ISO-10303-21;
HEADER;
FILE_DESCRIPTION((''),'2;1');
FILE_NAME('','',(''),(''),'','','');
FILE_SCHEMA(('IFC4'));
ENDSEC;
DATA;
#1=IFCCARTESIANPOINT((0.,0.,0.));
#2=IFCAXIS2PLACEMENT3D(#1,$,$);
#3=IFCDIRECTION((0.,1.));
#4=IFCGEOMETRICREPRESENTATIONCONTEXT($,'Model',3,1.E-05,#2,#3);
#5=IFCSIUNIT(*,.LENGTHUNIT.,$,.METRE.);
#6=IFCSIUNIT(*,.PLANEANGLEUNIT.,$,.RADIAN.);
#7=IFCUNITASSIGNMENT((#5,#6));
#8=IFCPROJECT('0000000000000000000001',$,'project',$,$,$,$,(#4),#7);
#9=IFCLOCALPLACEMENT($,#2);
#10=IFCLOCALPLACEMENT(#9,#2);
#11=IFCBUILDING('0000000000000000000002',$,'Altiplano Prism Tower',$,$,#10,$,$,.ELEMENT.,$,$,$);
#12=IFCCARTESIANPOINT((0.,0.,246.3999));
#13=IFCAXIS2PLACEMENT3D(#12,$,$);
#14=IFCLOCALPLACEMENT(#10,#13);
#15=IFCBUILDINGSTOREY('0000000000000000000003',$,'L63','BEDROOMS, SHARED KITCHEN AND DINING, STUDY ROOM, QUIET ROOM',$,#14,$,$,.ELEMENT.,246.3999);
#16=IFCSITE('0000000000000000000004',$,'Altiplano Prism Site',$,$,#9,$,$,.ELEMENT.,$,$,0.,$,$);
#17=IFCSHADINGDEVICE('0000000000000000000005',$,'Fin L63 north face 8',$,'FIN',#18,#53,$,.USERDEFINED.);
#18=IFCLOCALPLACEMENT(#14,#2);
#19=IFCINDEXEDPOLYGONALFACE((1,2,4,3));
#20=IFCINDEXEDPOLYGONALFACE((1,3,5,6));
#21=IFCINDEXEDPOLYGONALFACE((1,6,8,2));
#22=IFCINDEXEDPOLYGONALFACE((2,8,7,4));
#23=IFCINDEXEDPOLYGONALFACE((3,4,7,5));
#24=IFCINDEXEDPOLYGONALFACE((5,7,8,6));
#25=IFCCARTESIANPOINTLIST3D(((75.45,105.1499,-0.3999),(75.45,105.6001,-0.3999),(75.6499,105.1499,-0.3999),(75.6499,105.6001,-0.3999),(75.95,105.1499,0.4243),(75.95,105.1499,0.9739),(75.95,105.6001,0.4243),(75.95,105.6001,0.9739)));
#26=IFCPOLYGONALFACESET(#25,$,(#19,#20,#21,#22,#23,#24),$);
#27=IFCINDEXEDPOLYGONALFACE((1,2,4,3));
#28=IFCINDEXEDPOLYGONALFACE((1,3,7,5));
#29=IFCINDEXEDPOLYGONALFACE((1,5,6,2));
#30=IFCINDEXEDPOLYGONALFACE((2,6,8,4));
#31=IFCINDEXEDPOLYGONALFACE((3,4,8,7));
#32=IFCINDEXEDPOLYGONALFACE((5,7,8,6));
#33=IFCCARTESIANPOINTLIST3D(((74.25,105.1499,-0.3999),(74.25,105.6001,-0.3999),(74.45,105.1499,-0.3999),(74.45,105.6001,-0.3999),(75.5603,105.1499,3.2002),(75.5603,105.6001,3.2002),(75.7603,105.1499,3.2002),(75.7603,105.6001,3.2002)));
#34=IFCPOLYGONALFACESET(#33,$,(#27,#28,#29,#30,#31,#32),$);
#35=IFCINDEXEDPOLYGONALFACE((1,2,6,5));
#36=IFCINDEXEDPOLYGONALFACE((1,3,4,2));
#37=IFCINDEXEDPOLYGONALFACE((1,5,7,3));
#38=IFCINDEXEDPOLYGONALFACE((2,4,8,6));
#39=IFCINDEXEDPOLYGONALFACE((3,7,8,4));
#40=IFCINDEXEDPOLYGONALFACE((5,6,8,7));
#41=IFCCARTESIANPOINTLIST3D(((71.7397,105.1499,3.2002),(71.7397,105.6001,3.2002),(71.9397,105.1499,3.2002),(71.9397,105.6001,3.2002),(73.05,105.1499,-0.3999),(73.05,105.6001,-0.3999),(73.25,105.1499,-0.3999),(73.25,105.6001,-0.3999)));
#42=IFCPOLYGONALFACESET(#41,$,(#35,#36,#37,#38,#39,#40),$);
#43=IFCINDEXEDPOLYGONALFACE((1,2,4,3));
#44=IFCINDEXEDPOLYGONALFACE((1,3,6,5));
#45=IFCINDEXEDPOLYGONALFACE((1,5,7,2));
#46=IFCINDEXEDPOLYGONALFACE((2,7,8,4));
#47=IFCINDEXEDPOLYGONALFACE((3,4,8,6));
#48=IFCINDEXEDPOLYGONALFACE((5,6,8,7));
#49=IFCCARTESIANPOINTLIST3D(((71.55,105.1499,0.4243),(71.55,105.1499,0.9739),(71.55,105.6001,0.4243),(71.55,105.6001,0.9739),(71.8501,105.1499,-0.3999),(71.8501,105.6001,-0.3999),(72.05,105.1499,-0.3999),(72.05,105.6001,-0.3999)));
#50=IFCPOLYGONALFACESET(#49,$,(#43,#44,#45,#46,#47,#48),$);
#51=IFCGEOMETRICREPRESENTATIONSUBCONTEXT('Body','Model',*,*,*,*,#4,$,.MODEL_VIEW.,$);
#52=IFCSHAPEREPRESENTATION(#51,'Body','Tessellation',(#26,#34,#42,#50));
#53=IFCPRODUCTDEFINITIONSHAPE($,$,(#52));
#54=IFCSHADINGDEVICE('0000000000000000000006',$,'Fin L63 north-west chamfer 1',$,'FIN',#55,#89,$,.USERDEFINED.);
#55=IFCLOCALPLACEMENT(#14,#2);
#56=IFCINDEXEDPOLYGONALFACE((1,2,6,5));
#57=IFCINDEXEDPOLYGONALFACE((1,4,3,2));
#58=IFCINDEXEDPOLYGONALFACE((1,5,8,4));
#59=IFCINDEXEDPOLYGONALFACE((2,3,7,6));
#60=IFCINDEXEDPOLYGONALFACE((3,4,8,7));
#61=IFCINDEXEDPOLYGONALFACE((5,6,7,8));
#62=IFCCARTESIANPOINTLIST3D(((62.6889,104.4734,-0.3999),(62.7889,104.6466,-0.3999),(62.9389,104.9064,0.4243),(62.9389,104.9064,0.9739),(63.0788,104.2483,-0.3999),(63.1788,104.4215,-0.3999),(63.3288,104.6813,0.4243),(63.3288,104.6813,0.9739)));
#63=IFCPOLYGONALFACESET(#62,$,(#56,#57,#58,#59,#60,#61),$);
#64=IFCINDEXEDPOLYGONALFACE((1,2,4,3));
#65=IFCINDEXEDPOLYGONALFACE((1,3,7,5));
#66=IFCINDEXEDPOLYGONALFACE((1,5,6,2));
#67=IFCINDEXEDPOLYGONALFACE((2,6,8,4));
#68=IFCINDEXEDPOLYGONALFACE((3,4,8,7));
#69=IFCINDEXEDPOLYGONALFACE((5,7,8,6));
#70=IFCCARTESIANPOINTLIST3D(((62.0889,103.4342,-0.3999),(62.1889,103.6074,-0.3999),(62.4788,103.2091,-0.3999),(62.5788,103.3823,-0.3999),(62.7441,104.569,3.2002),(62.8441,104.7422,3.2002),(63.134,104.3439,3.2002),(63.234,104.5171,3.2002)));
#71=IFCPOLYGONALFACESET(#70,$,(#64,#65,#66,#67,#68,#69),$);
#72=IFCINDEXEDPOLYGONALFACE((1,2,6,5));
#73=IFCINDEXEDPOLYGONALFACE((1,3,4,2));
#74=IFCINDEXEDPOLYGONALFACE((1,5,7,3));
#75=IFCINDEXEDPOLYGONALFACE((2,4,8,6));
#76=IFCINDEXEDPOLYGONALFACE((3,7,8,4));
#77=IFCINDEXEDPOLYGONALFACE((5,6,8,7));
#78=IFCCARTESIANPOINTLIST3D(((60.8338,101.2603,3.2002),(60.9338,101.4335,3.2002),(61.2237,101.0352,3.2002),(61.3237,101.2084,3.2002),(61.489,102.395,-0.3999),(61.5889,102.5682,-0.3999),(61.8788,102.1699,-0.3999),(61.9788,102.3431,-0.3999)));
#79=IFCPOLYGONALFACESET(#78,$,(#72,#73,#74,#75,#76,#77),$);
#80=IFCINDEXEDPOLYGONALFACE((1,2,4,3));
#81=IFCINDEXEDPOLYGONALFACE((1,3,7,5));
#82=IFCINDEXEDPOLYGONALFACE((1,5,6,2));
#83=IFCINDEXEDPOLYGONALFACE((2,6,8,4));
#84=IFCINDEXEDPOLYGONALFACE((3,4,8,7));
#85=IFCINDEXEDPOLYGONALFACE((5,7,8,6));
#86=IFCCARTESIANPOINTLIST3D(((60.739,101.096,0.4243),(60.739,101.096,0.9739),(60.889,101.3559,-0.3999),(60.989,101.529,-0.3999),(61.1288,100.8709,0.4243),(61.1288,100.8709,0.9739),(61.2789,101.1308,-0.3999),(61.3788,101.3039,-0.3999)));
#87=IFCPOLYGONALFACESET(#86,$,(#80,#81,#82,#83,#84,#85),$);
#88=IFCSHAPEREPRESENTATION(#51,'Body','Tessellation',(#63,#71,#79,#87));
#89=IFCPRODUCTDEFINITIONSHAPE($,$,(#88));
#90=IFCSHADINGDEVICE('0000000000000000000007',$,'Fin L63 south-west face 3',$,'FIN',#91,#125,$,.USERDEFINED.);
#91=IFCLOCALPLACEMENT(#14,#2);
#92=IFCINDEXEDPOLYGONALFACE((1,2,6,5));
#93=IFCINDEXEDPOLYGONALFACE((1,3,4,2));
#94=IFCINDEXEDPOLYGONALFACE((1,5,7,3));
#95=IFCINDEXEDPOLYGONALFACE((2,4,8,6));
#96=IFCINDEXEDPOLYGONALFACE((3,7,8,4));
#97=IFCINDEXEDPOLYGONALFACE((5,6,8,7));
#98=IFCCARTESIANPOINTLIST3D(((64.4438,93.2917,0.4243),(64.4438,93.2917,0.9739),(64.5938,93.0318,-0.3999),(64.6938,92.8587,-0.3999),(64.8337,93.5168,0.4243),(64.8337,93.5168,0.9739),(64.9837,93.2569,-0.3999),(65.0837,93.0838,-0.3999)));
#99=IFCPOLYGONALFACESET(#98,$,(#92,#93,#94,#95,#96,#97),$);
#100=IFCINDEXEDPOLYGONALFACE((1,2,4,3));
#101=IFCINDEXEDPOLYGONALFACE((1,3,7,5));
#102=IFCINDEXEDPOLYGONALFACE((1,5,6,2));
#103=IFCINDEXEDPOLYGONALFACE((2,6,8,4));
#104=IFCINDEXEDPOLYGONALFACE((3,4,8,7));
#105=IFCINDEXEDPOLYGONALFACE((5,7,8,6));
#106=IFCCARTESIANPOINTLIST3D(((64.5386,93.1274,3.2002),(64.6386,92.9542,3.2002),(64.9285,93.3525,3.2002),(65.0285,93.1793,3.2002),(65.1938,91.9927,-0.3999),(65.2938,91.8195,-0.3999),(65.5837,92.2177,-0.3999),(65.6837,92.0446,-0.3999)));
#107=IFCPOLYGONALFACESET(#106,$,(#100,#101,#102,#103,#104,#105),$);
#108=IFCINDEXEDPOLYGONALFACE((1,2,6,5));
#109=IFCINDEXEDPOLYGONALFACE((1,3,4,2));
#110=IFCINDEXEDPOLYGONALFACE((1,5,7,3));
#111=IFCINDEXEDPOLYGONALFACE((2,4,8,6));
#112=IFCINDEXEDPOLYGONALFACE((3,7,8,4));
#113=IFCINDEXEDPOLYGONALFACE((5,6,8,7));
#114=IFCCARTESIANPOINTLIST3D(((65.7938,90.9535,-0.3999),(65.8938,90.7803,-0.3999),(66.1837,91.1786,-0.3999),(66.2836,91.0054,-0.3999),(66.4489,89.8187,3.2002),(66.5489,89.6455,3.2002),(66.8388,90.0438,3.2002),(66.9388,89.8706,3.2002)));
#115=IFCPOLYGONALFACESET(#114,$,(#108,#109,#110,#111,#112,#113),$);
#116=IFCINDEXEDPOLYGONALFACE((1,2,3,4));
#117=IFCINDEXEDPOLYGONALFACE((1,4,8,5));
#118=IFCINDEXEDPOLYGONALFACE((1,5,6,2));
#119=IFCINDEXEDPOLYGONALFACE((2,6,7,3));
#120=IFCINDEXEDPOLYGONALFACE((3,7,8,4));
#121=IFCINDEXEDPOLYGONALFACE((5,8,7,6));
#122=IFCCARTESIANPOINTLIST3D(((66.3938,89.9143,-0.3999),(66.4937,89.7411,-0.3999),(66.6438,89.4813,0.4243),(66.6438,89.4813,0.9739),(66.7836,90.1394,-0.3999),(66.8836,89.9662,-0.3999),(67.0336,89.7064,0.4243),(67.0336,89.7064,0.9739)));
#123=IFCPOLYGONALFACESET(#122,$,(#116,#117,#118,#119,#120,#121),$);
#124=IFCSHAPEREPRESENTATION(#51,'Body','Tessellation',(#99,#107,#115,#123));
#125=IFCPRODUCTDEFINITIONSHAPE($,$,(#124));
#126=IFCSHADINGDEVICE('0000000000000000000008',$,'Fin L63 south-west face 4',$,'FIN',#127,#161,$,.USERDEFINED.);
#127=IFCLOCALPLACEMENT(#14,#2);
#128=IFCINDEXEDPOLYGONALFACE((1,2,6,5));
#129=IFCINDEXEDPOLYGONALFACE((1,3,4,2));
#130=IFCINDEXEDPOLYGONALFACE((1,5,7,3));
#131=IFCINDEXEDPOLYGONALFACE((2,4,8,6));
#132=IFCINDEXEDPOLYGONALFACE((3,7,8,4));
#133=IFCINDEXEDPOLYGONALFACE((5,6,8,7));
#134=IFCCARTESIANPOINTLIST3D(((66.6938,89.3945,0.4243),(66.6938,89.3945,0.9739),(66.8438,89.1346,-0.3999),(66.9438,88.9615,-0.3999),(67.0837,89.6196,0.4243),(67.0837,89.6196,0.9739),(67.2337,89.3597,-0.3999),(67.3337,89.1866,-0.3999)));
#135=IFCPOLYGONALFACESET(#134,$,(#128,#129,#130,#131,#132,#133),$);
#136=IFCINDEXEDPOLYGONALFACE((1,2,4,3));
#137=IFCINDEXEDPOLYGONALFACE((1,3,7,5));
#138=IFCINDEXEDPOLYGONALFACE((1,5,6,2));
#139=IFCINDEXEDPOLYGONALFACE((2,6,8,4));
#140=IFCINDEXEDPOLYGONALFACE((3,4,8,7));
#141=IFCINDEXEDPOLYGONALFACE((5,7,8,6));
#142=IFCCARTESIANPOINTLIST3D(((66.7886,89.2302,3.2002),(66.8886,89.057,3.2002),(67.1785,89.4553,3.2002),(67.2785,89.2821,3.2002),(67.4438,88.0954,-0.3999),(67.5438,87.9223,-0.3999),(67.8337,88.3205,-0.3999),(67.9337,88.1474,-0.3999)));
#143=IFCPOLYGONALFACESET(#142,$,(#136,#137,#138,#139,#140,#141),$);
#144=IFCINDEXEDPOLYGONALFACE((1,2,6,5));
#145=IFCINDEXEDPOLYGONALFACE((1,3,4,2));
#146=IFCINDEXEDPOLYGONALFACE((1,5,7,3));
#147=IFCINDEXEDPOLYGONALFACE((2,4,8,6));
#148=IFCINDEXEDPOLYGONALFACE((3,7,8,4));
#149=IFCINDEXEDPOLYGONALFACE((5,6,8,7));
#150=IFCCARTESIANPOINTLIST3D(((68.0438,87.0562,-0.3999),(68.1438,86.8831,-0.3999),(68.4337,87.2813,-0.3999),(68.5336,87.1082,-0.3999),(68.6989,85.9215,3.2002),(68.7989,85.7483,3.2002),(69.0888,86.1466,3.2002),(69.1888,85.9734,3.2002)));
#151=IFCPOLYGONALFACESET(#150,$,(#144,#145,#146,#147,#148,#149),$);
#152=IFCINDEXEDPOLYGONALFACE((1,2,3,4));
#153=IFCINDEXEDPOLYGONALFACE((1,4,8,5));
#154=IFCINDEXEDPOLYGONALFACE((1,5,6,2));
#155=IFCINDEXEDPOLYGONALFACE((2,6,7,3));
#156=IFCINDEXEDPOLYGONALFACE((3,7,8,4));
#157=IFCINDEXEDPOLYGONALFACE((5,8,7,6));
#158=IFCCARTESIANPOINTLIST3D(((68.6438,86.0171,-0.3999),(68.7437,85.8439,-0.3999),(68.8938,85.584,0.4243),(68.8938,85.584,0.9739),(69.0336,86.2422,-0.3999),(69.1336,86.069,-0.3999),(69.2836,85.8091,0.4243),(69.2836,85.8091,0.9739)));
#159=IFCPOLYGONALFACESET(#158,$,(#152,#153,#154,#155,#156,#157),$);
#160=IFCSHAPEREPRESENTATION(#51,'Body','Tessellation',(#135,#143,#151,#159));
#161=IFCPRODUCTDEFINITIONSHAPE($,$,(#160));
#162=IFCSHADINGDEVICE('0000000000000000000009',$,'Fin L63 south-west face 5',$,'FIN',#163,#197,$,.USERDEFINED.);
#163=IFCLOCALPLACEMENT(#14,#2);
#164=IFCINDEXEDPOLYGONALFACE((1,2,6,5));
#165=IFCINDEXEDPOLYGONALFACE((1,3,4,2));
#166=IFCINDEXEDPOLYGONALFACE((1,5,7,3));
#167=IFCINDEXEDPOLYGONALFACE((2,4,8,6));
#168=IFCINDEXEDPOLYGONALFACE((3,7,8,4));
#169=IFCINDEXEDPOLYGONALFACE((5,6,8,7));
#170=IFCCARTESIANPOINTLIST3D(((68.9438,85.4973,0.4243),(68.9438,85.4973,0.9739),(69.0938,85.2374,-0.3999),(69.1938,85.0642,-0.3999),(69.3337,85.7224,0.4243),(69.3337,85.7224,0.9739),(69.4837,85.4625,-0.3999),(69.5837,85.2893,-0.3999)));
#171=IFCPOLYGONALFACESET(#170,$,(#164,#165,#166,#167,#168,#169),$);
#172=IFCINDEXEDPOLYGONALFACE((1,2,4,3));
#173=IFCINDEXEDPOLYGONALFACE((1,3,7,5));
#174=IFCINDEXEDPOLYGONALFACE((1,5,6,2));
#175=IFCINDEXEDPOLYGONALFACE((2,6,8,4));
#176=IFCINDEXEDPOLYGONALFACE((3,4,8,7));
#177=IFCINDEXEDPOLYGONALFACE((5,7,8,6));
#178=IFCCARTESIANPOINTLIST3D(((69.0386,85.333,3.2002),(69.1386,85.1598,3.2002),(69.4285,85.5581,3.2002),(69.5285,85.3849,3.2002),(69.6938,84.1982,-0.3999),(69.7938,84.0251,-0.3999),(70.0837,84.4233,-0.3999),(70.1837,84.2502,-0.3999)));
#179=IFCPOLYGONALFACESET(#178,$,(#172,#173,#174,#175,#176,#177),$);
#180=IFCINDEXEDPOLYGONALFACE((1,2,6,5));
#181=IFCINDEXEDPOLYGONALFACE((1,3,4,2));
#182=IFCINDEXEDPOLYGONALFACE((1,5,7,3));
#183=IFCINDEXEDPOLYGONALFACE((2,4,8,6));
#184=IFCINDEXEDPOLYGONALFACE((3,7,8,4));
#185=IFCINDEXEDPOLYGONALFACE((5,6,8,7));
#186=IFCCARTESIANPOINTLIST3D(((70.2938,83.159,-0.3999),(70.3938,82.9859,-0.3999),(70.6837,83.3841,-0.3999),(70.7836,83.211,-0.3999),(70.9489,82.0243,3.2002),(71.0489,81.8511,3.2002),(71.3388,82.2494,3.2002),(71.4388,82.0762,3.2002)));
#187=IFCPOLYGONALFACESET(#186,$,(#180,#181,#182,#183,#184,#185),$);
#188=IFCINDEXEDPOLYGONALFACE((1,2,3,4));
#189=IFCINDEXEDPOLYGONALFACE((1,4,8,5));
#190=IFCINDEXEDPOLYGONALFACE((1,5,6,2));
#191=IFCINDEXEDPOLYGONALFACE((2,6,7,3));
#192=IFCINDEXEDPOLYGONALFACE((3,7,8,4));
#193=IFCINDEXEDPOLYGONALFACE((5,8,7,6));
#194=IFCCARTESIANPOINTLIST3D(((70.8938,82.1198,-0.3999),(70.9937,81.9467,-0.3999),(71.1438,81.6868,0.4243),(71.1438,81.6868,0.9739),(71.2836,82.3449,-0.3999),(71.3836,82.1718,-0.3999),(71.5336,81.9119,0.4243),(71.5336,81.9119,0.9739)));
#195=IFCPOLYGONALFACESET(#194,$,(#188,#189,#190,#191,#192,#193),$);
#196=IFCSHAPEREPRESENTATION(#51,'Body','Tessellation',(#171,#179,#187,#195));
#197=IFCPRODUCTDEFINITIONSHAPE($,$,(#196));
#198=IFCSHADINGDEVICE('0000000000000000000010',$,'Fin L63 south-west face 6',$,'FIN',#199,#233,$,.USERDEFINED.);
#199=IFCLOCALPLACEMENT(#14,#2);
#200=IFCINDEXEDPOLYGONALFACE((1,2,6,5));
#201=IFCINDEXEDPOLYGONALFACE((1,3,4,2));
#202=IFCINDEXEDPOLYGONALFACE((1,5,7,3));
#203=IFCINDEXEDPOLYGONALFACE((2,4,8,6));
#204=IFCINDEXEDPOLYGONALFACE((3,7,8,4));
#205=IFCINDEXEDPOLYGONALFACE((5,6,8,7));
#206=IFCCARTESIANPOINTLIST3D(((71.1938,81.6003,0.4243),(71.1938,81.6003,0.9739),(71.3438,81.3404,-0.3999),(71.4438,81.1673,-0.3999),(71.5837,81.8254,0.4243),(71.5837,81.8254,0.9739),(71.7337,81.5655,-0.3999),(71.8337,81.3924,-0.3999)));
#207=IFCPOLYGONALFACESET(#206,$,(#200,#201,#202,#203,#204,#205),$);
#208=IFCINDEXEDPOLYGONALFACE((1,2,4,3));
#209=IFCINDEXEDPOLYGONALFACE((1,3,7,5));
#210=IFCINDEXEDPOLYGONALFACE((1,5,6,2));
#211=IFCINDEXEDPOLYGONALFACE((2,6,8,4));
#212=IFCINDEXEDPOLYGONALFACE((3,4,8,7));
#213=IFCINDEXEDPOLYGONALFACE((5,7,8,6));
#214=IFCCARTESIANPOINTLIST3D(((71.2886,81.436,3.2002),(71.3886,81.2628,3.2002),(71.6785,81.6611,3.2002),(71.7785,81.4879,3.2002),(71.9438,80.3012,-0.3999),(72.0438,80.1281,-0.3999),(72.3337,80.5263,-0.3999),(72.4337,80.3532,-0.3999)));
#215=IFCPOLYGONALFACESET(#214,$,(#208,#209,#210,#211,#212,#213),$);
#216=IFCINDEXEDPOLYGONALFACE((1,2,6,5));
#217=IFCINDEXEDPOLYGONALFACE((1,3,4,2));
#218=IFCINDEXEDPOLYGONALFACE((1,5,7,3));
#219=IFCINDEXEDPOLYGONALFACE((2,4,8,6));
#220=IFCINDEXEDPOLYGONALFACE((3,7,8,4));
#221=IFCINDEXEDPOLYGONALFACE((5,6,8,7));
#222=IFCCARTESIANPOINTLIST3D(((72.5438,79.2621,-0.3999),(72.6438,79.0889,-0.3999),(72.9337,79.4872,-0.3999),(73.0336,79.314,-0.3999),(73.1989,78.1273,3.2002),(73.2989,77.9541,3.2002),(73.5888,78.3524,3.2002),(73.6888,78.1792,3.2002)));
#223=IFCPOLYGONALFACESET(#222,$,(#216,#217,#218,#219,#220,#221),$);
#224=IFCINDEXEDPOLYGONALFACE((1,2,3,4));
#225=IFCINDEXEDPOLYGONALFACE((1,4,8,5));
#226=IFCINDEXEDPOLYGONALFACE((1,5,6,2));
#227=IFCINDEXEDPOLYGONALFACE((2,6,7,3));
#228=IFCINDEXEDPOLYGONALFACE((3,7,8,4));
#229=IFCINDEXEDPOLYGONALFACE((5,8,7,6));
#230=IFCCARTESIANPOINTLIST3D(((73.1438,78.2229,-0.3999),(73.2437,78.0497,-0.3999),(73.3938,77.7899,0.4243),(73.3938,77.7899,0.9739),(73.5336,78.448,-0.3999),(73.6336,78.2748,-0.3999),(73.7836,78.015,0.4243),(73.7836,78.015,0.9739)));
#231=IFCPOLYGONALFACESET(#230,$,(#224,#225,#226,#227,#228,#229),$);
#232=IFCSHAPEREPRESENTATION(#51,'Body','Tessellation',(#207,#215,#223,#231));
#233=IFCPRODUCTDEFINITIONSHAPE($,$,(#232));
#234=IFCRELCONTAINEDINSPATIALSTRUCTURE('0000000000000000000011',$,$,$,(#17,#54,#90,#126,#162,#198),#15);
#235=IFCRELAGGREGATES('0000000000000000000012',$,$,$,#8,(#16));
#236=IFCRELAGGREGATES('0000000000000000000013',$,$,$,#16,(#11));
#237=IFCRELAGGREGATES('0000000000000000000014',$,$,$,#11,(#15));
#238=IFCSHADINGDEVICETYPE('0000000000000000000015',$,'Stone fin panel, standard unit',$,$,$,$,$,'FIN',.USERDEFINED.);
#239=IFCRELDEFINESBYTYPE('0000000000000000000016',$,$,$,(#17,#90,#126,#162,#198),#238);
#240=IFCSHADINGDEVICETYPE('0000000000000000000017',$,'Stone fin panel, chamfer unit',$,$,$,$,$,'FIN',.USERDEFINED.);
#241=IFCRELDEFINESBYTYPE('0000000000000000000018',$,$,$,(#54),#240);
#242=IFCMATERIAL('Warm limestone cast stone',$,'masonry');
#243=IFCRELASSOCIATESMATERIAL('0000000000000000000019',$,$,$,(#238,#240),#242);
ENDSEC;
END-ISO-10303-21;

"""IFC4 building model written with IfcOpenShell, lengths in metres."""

from ifc_helpers import new_model, si_unit, direction, frame, origin, place, context, subcontext, project, spatial, polyline, outline, extrude, source, transform, mapped, material, type_object, element, save


model = new_model("IFC4")

# Units and contexts
model_context = context("Model", 3, precision=1e-05, world=origin(), true_north=direction((0.0, 1.0)))
body_context = subcontext(model_context, "Body", "Model", "MODEL_VIEW")
ifc_project = project(units=[si_unit("LENGTHUNIT", "METRE"), si_unit("PLANEANGLEUNIT", "RADIAN")], contexts=[model_context])

# Site, building, storey
site_placement = place(None, origin())
site = spatial("IfcSite", under=ifc_project, at=site_placement, Name="Altiplano Prism Site", CompositionType="ELEMENT", RefElevation=0.0)
building_placement = place(site_placement, origin())
building = spatial("IfcBuilding", under=site, at=building_placement, Name="Altiplano Prism Tower", CompositionType="ELEMENT")
storey_placement = place(building_placement, frame((0.0, 0.0, 246.3999)))
storey = spatial("IfcBuildingStorey", under=building, at=storey_placement, Name="L63", Description="BEDROOMS, SHARED KITCHEN AND DINING, STUDY ROOM, QUIET ROOM", CompositionType="ELEMENT", Elevation=246.3999)

# Shading devices
ifc_material_1 = material(Name="Warm limestone cast stone", Category="masonry")
shading_device_type_1 = type_object("IfcShadingDeviceType", Name="Stone fin panel, standard unit", ElementType="FIN", PredefinedType="USERDEFINED", material=ifc_material_1)
shared_shape_1 = source(origin(), body_context, "Body", "SweptSolid", [
    extrude(outline(polyline([(-2.2, 1.3738), (-2.2, 0.8242), (-1.8999, 0.0), (-1.7, 0.0), (-2.2, 1.3738)])), frame((0.0, -0.1499, 0.0), z_axis=(0.0, -1.0, 0.0), x_axis=(1.0, 0.0, 0.0)), (0.0, 0.0, 1.0), 0.4502),
    extrude(outline(polyline([(-2.0103, 3.6001), (-0.7, 0.0), (-0.5, 0.0), (-1.8103, 3.6001), (-2.0103, 3.6001)])), frame((0.0, -0.1499, 0.0), z_axis=(0.0, -1.0, 0.0), x_axis=(1.0, 0.0, 0.0)), (0.0, 0.0, 1.0), 0.4502),
    extrude(outline(polyline([(1.8103, 3.6001), (0.5, 0.0), (0.7, 0.0), (2.0103, 3.6001), (1.8103, 3.6001)])), frame((0.0, -0.1499, 0.0), z_axis=(0.0, -1.0, 0.0), x_axis=(1.0, 0.0, 0.0)), (0.0, 0.0, 1.0), 0.4502),
    extrude(outline(polyline([(2.2, 0.8242), (2.2, 1.3738), (1.7, 0.0), (1.8999, 0.0), (2.2, 0.8242)])), frame((0.0, -0.1499, 0.0), z_axis=(0.0, -1.0, 0.0), x_axis=(1.0, 0.0, 0.0)), (0.0, 0.0, 1.0), 0.4502),
])
shading_device_1_placement = place(storey_placement, origin())
element("IfcShadingDevice", 1, at=shading_device_1_placement, inside=storey, type_object=shading_device_type_1, Name="Fin L63 north face 8", ObjectType="FIN", PredefinedType="USERDEFINED", context=body_context, shape_type="MappedRepresentation", body=[
    mapped(shared_shape_1, transform((73.75, 105.0, -0.3999), x_axis=(-1.0, 0.0, 0.0), y_axis=(0.0, -1.0, 0.0), z_axis=(0.0, 0.0, 1.0))),
])
shading_device_type_2 = type_object("IfcShadingDeviceType", Name="Stone fin panel, chamfer unit", ElementType="FIN", PredefinedType="USERDEFINED", material=ifc_material_1)
shading_device_2_placement = place(storey_placement, origin())
element("IfcShadingDevice", 2, at=shading_device_2_placement, inside=storey, type_object=shading_device_type_2, Name="Fin L63 north-west chamfer 1", ObjectType="FIN", PredefinedType="USERDEFINED", context=body_context, shape_type="MappedRepresentation", body=[
    mapped(shared_shape_1, transform((62.3586, 102.7012, -0.3999), x_axis=(-0.5, -0.866025, 0.0), y_axis=(0.866025, -0.5, 0.0), z_axis=(0.0, 0.0, 1.0))),
])
shading_device_3_placement = place(storey_placement, origin())
element("IfcShadingDevice", 3, at=shading_device_3_placement, inside=storey, type_object=shading_device_type_1, Name="Fin L63 south-west face 3", ObjectType="FIN", PredefinedType="USERDEFINED", context=body_context, shape_type="MappedRepresentation", body=[
    mapped(shared_shape_1, transform((66.0635, 91.6865, -0.3999), x_axis=(0.5, -0.866025, 0.0), y_axis=(0.866025, 0.5, 0.0), z_axis=(0.0, 0.0, 1.0))),
])
shading_device_4_placement = place(storey_placement, origin())
element("IfcShadingDevice", 4, at=shading_device_4_placement, inside=storey, type_object=shading_device_type_1, Name="Fin L63 south-west face 4", ObjectType="FIN", PredefinedType="USERDEFINED", context=body_context, shape_type="MappedRepresentation", body=[
    mapped(shared_shape_1, transform((68.3135, 87.7893, -0.3999), x_axis=(0.5, -0.866025, 0.0), y_axis=(0.866025, 0.5, 0.0), z_axis=(0.0, 0.0, 1.0))),
])
shading_device_5_placement = place(storey_placement, origin())
element("IfcShadingDevice", 5, at=shading_device_5_placement, inside=storey, type_object=shading_device_type_1, Name="Fin L63 south-west face 5", ObjectType="FIN", PredefinedType="USERDEFINED", context=body_context, shape_type="MappedRepresentation", body=[
    mapped(shared_shape_1, transform((70.5635, 83.8921, -0.3999), x_axis=(0.5, -0.866025, 0.0), y_axis=(0.866025, 0.5, 0.0), z_axis=(0.0, 0.0, 1.0))),
])
shading_device_6_placement = place(storey_placement, origin())
element("IfcShadingDevice", 6, at=shading_device_6_placement, inside=storey, type_object=shading_device_type_1, Name="Fin L63 south-west face 6", ObjectType="FIN", PredefinedType="USERDEFINED", context=body_context, shape_type="MappedRepresentation", body=[
    mapped(shared_shape_1, transform((72.8135, 79.9951, -0.3999), x_axis=(0.5, -0.866025, 0.0), y_axis=(0.866025, 0.5, 0.0), z_axis=(0.0, 0.0, 1.0))),
])

save(model, "model.ifc")
